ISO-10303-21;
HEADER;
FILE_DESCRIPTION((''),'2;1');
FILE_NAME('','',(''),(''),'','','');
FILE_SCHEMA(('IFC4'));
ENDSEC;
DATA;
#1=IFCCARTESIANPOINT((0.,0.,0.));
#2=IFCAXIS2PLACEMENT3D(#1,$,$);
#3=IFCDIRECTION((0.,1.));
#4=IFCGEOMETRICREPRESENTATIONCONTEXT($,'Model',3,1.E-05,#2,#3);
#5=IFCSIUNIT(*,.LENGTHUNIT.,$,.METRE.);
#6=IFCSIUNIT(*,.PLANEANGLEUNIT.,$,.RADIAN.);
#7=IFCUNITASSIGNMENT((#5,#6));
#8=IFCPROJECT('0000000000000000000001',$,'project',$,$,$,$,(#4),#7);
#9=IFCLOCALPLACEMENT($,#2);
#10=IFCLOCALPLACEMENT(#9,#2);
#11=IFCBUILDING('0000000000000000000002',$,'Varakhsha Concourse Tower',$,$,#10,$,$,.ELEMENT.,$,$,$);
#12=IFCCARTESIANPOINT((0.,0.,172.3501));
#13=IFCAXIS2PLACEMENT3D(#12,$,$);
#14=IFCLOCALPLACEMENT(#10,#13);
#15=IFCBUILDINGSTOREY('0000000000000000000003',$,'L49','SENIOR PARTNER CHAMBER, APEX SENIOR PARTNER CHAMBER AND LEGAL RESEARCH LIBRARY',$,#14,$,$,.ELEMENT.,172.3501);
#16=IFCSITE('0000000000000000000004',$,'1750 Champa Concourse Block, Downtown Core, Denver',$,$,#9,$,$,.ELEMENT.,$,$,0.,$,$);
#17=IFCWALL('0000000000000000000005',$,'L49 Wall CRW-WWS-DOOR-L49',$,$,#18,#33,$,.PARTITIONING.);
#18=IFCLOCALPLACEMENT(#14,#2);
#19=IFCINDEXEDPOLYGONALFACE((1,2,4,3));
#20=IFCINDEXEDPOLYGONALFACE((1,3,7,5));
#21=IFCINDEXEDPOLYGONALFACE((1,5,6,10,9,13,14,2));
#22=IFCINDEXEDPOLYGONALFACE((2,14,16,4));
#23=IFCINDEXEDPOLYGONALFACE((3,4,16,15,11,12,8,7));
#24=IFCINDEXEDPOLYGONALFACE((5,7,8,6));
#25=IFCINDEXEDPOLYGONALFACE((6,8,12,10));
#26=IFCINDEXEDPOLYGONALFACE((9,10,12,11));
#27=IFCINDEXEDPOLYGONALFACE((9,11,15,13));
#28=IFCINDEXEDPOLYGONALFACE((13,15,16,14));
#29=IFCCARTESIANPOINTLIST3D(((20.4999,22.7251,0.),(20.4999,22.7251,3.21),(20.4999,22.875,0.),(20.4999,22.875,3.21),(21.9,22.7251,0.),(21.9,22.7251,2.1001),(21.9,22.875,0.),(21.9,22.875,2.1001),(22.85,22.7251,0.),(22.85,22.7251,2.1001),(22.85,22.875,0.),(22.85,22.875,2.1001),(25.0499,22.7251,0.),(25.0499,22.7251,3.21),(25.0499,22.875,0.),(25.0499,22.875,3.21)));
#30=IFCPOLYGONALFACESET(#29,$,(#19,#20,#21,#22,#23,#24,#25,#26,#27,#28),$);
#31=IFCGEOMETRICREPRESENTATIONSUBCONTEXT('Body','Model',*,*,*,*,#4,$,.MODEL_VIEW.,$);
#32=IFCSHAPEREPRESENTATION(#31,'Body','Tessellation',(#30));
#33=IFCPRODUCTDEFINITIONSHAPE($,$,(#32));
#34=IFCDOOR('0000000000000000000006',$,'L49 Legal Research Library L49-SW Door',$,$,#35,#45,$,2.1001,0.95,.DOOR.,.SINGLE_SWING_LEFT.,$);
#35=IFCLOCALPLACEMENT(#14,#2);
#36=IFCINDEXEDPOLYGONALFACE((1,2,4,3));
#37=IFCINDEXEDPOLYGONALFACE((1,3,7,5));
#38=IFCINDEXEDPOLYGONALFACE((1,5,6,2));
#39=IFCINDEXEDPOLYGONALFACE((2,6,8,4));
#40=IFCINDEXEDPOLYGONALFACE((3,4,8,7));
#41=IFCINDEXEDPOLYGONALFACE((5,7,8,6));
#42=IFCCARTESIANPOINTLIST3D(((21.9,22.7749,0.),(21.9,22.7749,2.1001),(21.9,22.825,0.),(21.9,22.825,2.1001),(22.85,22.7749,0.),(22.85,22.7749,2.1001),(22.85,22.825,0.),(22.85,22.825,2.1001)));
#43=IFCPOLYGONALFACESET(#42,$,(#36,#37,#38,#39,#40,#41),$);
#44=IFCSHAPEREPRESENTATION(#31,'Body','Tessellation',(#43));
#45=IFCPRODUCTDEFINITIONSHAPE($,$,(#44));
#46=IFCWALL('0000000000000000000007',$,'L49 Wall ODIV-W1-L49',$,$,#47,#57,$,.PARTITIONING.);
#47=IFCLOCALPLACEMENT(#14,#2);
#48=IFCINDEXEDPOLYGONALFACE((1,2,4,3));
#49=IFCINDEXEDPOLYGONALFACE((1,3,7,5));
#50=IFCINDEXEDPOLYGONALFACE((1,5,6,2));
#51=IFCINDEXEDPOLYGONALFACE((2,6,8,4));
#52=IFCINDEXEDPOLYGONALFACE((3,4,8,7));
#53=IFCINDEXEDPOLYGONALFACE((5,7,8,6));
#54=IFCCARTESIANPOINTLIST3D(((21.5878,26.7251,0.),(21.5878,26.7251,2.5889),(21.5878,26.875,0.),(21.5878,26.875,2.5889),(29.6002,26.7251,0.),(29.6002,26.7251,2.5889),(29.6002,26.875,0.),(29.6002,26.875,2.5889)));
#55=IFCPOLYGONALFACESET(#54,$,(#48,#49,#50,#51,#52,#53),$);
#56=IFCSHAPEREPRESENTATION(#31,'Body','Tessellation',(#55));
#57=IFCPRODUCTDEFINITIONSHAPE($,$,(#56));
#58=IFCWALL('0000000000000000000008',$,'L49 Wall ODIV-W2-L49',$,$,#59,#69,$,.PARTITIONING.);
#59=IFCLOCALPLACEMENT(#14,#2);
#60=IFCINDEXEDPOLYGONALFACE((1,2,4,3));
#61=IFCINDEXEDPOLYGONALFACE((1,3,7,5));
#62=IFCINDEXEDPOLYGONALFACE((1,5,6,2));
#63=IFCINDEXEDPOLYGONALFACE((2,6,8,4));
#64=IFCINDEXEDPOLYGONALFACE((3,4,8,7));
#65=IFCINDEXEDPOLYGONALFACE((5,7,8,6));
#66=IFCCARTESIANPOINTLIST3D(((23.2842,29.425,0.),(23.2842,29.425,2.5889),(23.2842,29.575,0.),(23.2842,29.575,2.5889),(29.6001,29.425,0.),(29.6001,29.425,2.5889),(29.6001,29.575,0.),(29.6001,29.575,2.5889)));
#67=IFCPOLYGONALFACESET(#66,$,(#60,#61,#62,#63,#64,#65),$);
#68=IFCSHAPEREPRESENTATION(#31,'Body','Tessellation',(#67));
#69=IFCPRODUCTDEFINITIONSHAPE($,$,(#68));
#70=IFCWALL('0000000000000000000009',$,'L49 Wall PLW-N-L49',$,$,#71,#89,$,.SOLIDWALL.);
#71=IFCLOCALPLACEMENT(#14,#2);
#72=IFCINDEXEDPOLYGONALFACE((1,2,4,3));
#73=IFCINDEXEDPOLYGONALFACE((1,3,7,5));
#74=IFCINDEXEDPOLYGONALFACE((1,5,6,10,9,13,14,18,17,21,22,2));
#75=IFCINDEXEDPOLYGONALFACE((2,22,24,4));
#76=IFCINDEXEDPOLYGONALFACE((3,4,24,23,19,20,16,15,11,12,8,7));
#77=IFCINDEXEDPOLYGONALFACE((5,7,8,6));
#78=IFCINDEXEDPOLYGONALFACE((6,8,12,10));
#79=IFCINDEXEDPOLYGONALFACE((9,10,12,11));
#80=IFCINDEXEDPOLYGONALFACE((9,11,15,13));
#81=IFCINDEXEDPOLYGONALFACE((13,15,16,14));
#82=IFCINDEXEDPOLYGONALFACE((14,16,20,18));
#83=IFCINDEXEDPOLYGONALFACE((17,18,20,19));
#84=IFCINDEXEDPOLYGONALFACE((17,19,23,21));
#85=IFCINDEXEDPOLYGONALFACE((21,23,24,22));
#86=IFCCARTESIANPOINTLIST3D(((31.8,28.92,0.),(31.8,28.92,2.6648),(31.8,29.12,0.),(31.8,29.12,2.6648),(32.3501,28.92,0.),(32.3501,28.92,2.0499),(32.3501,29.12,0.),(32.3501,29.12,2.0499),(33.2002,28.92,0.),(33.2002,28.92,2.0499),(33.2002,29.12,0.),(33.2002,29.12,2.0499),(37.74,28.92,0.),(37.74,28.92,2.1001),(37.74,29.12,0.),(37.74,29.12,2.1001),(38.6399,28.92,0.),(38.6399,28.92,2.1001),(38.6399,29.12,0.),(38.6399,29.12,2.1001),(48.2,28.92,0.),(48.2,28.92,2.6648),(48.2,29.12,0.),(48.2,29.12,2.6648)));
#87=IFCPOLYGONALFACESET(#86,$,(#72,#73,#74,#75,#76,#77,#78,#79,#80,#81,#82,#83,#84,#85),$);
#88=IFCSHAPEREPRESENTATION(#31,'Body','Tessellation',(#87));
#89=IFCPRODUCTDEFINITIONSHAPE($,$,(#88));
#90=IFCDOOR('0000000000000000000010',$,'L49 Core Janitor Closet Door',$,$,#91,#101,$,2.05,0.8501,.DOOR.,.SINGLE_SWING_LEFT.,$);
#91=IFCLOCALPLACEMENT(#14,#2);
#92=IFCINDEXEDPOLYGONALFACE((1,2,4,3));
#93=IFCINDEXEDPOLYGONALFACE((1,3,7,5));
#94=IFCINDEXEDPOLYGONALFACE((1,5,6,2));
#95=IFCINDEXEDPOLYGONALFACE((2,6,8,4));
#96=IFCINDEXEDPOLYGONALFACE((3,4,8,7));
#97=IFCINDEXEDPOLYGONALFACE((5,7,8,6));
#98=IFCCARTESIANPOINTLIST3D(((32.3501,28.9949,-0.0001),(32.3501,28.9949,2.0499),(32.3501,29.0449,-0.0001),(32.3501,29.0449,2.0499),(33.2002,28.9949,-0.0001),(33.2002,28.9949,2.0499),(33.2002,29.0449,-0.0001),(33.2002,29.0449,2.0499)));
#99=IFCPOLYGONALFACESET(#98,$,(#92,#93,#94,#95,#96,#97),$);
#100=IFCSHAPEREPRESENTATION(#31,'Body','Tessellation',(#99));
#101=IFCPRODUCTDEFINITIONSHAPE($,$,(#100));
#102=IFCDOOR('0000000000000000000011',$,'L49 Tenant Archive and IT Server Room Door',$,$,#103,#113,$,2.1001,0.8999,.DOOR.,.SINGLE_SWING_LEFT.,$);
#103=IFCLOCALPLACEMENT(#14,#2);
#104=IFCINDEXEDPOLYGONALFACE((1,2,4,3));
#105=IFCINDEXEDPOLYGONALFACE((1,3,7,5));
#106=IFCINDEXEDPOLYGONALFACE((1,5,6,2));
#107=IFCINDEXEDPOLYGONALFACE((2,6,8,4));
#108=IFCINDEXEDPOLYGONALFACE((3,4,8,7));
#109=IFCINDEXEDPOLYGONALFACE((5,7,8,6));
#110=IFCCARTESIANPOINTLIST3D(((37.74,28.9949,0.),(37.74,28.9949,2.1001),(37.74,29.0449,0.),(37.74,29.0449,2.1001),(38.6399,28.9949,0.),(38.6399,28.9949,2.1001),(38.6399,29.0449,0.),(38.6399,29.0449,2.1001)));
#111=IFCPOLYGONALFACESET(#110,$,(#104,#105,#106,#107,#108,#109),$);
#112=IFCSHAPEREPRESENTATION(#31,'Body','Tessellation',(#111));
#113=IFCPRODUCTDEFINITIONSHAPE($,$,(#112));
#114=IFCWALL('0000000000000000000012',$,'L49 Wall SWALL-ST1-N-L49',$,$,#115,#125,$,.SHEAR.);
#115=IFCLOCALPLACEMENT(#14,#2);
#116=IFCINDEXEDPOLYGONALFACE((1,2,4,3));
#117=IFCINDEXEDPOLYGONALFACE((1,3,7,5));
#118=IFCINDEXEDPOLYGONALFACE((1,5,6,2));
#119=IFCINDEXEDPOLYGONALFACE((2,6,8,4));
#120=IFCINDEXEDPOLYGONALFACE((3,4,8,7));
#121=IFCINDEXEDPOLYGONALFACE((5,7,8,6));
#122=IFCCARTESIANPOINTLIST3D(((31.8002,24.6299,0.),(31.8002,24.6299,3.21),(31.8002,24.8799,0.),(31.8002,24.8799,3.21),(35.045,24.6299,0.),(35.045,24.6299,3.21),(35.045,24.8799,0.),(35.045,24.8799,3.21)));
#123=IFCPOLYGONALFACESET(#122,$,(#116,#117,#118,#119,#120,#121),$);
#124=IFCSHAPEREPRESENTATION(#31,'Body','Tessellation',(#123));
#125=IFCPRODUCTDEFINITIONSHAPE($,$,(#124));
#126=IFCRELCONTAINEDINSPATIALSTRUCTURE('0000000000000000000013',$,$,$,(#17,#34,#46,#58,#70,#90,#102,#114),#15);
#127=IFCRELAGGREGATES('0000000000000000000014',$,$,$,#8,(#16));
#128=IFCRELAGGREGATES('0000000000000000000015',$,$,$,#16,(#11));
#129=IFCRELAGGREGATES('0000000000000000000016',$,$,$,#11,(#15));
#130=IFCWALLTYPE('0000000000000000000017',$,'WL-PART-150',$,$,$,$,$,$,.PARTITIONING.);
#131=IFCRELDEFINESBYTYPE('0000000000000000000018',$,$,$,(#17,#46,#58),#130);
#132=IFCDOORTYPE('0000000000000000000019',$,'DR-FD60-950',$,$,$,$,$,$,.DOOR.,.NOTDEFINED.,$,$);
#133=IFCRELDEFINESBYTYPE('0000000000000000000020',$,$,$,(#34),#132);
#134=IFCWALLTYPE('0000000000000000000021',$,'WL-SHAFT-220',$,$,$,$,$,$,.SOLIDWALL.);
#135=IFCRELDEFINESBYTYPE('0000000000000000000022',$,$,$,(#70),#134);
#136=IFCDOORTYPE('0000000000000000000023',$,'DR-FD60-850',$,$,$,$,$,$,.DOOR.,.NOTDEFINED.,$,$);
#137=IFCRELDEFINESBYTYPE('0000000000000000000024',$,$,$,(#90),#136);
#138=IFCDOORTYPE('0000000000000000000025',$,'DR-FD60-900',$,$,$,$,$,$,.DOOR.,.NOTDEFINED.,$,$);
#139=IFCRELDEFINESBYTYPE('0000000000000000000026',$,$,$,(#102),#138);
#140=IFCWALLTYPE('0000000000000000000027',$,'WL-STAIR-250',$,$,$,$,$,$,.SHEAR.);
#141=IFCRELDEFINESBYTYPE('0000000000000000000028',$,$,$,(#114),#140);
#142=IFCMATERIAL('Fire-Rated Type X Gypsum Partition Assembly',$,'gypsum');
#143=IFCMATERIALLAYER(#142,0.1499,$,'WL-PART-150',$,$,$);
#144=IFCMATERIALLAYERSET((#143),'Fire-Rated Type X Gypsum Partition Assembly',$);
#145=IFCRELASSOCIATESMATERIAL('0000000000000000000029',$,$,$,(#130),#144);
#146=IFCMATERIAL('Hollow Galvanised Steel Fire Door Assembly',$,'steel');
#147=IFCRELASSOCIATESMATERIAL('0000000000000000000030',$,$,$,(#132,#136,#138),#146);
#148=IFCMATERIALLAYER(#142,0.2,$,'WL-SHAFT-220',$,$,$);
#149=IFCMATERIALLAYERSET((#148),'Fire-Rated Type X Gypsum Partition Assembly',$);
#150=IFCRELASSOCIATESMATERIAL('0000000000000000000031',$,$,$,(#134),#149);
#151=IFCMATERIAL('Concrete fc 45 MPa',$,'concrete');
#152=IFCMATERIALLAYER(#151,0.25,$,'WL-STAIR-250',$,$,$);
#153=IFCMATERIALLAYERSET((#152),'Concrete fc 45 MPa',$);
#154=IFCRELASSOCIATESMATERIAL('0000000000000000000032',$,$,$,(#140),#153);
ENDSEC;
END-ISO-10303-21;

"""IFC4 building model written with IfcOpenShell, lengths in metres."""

from ifc_helpers import new_model, si_unit, direction, frame, frame_2d, origin, place, context, subcontext, project, spatial, rectangle, extrude, material, layer, layer_set, type_object, element, fill, save


model = new_model("IFC4")

# Units and contexts
model_context = context("Model", 3, precision=1e-05, world=origin(), true_north=direction((0.0, 1.0)))
body_context = subcontext(model_context, "Body", "Model", "MODEL_VIEW")
ifc_project = project(units=[si_unit("LENGTHUNIT", "METRE"), si_unit("PLANEANGLEUNIT", "RADIAN")], contexts=[model_context])

# Site, building, storey
site_placement = place(None, origin())
site = spatial("IfcSite", under=ifc_project, at=site_placement, Name="1750 Champa Concourse Block, Downtown Core, Denver", CompositionType="ELEMENT", RefElevation=0.0)
building_placement = place(site_placement, origin())
building = spatial("IfcBuilding", under=site, at=building_placement, Name="Varakhsha Concourse Tower", CompositionType="ELEMENT")
storey_placement = place(building_placement, frame((0.0, 0.0, 172.3501)))
storey = spatial("IfcBuildingStorey", under=building, at=storey_placement, Name="L49", Description="SENIOR PARTNER CHAMBER, APEX SENIOR PARTNER CHAMBER AND LEGAL RESEARCH LIBRARY", CompositionType="ELEMENT", Elevation=172.3501)

# Shared definitions
ifc_material_1 = material(Name="Fire-Rated Type X Gypsum Partition Assembly", Category="gypsum")
ifc_layer_1 = layer(ifc_material_1, 0.1499, Name="WL-PART-150")
ifc_layer_set_1 = layer_set([ifc_layer_1], Name="Fire-Rated Type X Gypsum Partition Assembly")
wall_type_1 = type_object("IfcWallType", Name="WL-PART-150", PredefinedType="PARTITIONING", material=ifc_layer_set_1)
ifc_material_2 = material(Name="Hollow Galvanised Steel Fire Door Assembly", Category="steel")
door_type_1 = type_object("IfcDoorType", Name="DR-FD60-950", OperationType="NOTDEFINED", PredefinedType="DOOR", material=ifc_material_2)

# Wall, opening, door
wall_1_placement = place(storey_placement, frame((20.5, 22.8, 0.0), z_axis=(0.0, 0.0, 1.0), x_axis=(1.0, 0.0, 0.0)))
wall_1 = element("IfcWall", 1, at=wall_1_placement, inside=storey, type_object=wall_type_1, Name="L49 Wall CRW-WWS-DOOR-L49", PredefinedType="PARTITIONING", context=body_context, shape_type="SweptSolid", body=[
    extrude(rectangle(XDim=4.55, YDim=0.1499, at=frame_2d((2.2749, 0.0))), origin(), (0.0, 0.0, 1.0), 3.21),
])
opening_1_placement = place(wall_1_placement, frame((1.3999, 0.0, 0.0)))
opening_1 = element("IfcOpeningElement", 2, at=opening_1_placement, cuts=wall_1, PredefinedType="OPENING", context=body_context, shape_type="SweptSolid", body=[
    extrude(rectangle(XDim=0.95, YDim=2.1001, at=frame_2d((0.4751, 1.05))), frame((0.0, 0.085, 0.0), z_axis=(0.0, -1.0, 0.0), x_axis=(1.0, 0.0, 0.0)), (0.0, 0.0, 1.0), 0.1699),
])
door_1_placement = place(opening_1_placement, origin())
door_1 = element("IfcDoor", 3, at=door_1_placement, inside=storey, type_object=door_type_1, Name="L49 Legal Research Library L49-SW Door", OperationType="SINGLE_SWING_LEFT", OverallHeight=2.1001, OverallWidth=0.95, PredefinedType="DOOR", context=body_context, shape_type="SweptSolid", body=[
    extrude(rectangle(XDim=0.95, YDim=2.1001, at=frame_2d((0.4751, 1.05))), frame((0.0, 0.0249, 0.0), z_axis=(0.0, -1.0, 0.0), x_axis=(1.0, 0.0, 0.0)), (0.0, 0.0, 1.0), 0.05),
])
fill(opening_1, door_1)

# Walls
wall_2_placement = place(storey_placement, frame((21.5876, 26.8, 0.0), z_axis=(0.0, 0.0, 1.0), x_axis=(1.0, 0.0, 0.0)))
element("IfcWall", 4, at=wall_2_placement, inside=storey, type_object=wall_type_1, Name="L49 Wall ODIV-W1-L49", PredefinedType="PARTITIONING", context=body_context, shape_type="SweptSolid", body=[
    extrude(rectangle(XDim=8.0125, YDim=0.1499, at=frame_2d((4.0063, 0.0))), origin(), (0.0, 0.0, 1.0), 2.5889),
])
wall_3_placement = place(storey_placement, frame((23.2842, 29.5, 0.0), z_axis=(0.0, 0.0, 1.0), x_axis=(1.0, 0.0, 0.0)))
element("IfcWall", 5, at=wall_3_placement, inside=storey, type_object=wall_type_1, Name="L49 Wall ODIV-W2-L49", PredefinedType="PARTITIONING", context=body_context, shape_type="SweptSolid", body=[
    extrude(rectangle(XDim=6.3159, YDim=0.1499, at=frame_2d((3.158, 0.0))), origin(), (0.0, 0.0, 1.0), 2.5889),
])

# Wall, openings, doors
ifc_layer_2 = layer(ifc_material_1, 0.2, Name="WL-SHAFT-220")
ifc_layer_set_2 = layer_set([ifc_layer_2], Name="Fire-Rated Type X Gypsum Partition Assembly")
wall_type_2 = type_object("IfcWallType", Name="WL-SHAFT-220", PredefinedType="SOLIDWALL", material=ifc_layer_set_2)
wall_4_placement = place(storey_placement, frame((31.8, 29.02, 0.0), z_axis=(0.0, 0.0, 1.0), x_axis=(1.0, 0.0, 0.0)))
wall_4 = element("IfcWall", 6, at=wall_4_placement, inside=storey, type_object=wall_type_2, Name="L49 Wall PLW-N-L49", PredefinedType="SOLIDWALL", context=body_context, shape_type="SweptSolid", body=[
    extrude(rectangle(XDim=16.3999, YDim=0.2, at=frame_2d((8.2, 0.0))), origin(), (0.0, 0.0, 1.0), 2.6648),
])
opening_2_placement = place(wall_4_placement, frame((0.55, 0.0, 0.0)))
opening_2 = element("IfcOpeningElement", 7, at=opening_2_placement, cuts=wall_4, PredefinedType="OPENING", context=body_context, shape_type="SweptSolid", body=[
    extrude(rectangle(XDim=0.8501, YDim=2.05, at=frame_2d((0.425, 1.0249))), frame((0.0, 0.1099, 0.0), z_axis=(0.0, -1.0, 0.0), x_axis=(1.0, 0.0, 0.0)), (0.0, 0.0, 1.0), 0.22),
])
opening_3_placement = place(wall_4_placement, frame((5.9399, 0.0, 0.0)))
opening_3 = element("IfcOpeningElement", 8, at=opening_3_placement, cuts=wall_4, PredefinedType="OPENING", context=body_context, shape_type="SweptSolid", body=[
    extrude(rectangle(XDim=0.8999, YDim=2.1001, at=frame_2d((0.45, 1.05))), frame((0.0, 0.1099, 0.0), z_axis=(0.0, -1.0, 0.0), x_axis=(1.0, 0.0, 0.0)), (0.0, 0.0, 1.0), 0.22),
])
door_type_2 = type_object("IfcDoorType", Name="DR-FD60-850", OperationType="NOTDEFINED", PredefinedType="DOOR", material=ifc_material_2)
door_2_placement = place(opening_2_placement, origin())
door_2 = element("IfcDoor", 9, at=door_2_placement, inside=storey, type_object=door_type_2, Name="L49 Core Janitor Closet Door", OperationType="SINGLE_SWING_LEFT", OverallHeight=2.05, OverallWidth=0.8501, PredefinedType="DOOR", context=body_context, shape_type="SweptSolid", body=[
    extrude(rectangle(XDim=0.8501, YDim=2.05, at=frame_2d((0.425, 1.0249))), frame((0.0, 0.0249, 0.0), z_axis=(0.0, -1.0, 0.0), x_axis=(1.0, 0.0, 0.0)), (0.0, 0.0, 1.0), 0.05),
])
fill(opening_2, door_2)
door_type_3 = type_object("IfcDoorType", Name="DR-FD60-900", OperationType="NOTDEFINED", PredefinedType="DOOR", material=ifc_material_2)
door_3_placement = place(opening_3_placement, origin())
door_3 = element("IfcDoor", 10, at=door_3_placement, inside=storey, type_object=door_type_3, Name="L49 Tenant Archive and IT Server Room Door", OperationType="SINGLE_SWING_LEFT", OverallHeight=2.1001, OverallWidth=0.8999, PredefinedType="DOOR", context=body_context, shape_type="SweptSolid", body=[
    extrude(rectangle(XDim=0.8999, YDim=2.1001, at=frame_2d((0.45, 1.05))), frame((0.0, 0.0249, 0.0), z_axis=(0.0, -1.0, 0.0), x_axis=(1.0, 0.0, 0.0)), (0.0, 0.0, 1.0), 0.05),
])
fill(opening_3, door_3)

# Wall
ifc_material_3 = material(Name="Concrete fc 45 MPa", Category="concrete")
ifc_layer_3 = layer(ifc_material_3, 0.25, Name="WL-STAIR-250")
ifc_layer_set_3 = layer_set([ifc_layer_3], Name="Concrete fc 45 MPa")
wall_type_3 = type_object("IfcWallType", Name="WL-STAIR-250", PredefinedType="SHEAR", material=ifc_layer_set_3)
wall_5_placement = place(storey_placement, frame((31.8, 24.7549, 0.0), z_axis=(0.0, 0.0, 1.0), x_axis=(1.0, 0.0, 0.0)))
element("IfcWall", 11, at=wall_5_placement, inside=storey, type_object=wall_type_3, Name="L49 Wall SWALL-ST1-N-L49", PredefinedType="SHEAR", context=body_context, shape_type="SweptSolid", body=[
    extrude(rectangle(XDim=3.2449, YDim=0.25, at=frame_2d((1.6226, 0.0))), origin(), (0.0, 0.0, 1.0), 3.21),
])

save(model, "model.ifc")
